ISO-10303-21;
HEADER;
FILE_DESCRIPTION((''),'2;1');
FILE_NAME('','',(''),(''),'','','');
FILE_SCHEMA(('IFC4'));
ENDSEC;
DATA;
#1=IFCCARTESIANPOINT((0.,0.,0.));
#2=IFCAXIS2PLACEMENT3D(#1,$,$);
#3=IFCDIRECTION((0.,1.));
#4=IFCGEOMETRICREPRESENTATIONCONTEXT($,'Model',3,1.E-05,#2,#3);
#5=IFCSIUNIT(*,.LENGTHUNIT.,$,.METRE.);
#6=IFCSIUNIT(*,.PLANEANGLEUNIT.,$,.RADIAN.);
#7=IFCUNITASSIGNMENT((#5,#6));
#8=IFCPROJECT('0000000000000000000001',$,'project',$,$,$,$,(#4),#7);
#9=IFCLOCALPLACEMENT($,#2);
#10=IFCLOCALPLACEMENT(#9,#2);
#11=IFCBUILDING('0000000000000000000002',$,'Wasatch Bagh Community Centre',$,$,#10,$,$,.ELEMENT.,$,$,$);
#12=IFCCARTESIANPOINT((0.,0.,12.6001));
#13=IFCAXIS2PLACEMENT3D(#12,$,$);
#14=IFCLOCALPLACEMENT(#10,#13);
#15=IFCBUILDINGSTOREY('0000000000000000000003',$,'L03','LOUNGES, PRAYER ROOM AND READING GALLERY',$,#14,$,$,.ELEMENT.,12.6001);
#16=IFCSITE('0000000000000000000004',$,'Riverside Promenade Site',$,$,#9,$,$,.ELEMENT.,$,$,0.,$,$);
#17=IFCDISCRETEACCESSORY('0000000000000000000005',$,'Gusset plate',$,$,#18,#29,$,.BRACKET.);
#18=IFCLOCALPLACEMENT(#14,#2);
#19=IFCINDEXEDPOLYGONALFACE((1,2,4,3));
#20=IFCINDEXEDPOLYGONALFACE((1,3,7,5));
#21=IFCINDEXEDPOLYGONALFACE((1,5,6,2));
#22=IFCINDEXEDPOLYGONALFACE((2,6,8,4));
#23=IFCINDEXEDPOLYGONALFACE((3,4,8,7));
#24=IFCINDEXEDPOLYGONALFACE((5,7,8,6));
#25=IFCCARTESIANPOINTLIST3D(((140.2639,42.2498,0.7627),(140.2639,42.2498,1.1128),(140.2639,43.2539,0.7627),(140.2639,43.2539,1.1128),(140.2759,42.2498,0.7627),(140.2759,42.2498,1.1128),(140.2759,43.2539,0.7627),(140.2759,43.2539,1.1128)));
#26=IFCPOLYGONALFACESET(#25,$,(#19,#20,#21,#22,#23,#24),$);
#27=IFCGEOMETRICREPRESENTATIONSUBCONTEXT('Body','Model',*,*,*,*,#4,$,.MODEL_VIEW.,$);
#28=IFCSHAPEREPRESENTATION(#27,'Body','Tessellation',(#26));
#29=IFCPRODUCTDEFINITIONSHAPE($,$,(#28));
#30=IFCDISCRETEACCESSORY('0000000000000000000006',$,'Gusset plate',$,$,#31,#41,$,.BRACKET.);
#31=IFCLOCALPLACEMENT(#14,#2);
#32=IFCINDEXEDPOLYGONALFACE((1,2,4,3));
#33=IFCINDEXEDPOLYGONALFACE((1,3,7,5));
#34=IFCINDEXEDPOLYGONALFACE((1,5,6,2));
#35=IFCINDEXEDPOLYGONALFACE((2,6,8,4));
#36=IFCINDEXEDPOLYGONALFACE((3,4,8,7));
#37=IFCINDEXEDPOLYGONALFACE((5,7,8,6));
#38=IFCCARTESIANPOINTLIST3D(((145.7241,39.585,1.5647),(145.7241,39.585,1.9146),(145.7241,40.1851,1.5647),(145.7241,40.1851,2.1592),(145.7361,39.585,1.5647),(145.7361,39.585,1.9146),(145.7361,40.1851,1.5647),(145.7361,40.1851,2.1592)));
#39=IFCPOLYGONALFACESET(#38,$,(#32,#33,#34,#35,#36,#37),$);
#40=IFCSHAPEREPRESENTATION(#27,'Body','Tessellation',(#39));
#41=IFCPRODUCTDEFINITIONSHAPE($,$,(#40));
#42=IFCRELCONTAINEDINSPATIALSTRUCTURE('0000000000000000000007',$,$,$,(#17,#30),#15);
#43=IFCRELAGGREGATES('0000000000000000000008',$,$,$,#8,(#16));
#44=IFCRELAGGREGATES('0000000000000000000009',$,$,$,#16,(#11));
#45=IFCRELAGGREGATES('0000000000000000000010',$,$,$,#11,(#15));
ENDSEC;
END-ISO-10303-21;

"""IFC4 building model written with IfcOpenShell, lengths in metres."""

from ifc_helpers import new_model, si_unit, direction, frame, origin, place, context, subcontext, project, spatial, polyline, outline, extrude, element, save


model = new_model("IFC4")

# Units and contexts
model_context = context("Model", 3, precision=1e-05, world=origin(), true_north=direction((0.0, 1.0)))
body_context = subcontext(model_context, "Body", "Model", "MODEL_VIEW")
ifc_project = project(units=[si_unit("LENGTHUNIT", "METRE"), si_unit("PLANEANGLEUNIT", "RADIAN")], contexts=[model_context])

# Site, building, storey
site_placement = place(None, origin())
site = spatial("IfcSite", under=ifc_project, at=site_placement, Name="Riverside Promenade Site", CompositionType="ELEMENT", RefElevation=0.0)
building_placement = place(site_placement, origin())
building = spatial("IfcBuilding", under=site, at=building_placement, Name="Wasatch Bagh Community Centre", CompositionType="ELEMENT")
storey_placement = place(building_placement, frame((0.0, 0.0, 12.6001)))
storey = spatial("IfcBuildingStorey", under=building, at=storey_placement, Name="L03", Description="LOUNGES, PRAYER ROOM AND READING GALLERY", CompositionType="ELEMENT", Elevation=12.6001)

# Discrete accessories
discrete_accessory_1_placement = place(storey_placement, frame((140.2759, 42.2498, 0.7627), z_axis=(1.0, 0.0, 0.0), x_axis=(0.0, 1.0, 0.0)))
element("IfcDiscreteAccessory", 1, at=discrete_accessory_1_placement, inside=storey, Name="Gusset plate", PredefinedType="BRACKET", context=body_context, shape_type="SweptSolid", body=[
    extrude(outline(polyline([(0.0, 0.0), (1.0042, 0.0), (1.0042, 0.3501), (0.0, 0.3501), (0.0, 0.0)])), origin(), (0.0, 0.0, -1.0), 0.012),
])
discrete_accessory_2_placement = place(storey_placement, frame((145.7241, 39.585, 1.9146), z_axis=(-1.0, 0.0, 0.0), x_axis=(0.0, 0.926014, 0.377488)))
element("IfcDiscreteAccessory", 2, at=discrete_accessory_2_placement, inside=storey, Name="Gusset plate", PredefinedType="BRACKET", context=body_context, shape_type="SweptSolid", body=[
    extrude(outline(polyline([(0.0, 0.0), (0.648, 0.0), (0.4236, 0.5505), (-0.1321, 0.324), (0.0, 0.0)])), origin(), (0.0, 0.0, -1.0), 0.012),
])

save(model, "model.ifc")
